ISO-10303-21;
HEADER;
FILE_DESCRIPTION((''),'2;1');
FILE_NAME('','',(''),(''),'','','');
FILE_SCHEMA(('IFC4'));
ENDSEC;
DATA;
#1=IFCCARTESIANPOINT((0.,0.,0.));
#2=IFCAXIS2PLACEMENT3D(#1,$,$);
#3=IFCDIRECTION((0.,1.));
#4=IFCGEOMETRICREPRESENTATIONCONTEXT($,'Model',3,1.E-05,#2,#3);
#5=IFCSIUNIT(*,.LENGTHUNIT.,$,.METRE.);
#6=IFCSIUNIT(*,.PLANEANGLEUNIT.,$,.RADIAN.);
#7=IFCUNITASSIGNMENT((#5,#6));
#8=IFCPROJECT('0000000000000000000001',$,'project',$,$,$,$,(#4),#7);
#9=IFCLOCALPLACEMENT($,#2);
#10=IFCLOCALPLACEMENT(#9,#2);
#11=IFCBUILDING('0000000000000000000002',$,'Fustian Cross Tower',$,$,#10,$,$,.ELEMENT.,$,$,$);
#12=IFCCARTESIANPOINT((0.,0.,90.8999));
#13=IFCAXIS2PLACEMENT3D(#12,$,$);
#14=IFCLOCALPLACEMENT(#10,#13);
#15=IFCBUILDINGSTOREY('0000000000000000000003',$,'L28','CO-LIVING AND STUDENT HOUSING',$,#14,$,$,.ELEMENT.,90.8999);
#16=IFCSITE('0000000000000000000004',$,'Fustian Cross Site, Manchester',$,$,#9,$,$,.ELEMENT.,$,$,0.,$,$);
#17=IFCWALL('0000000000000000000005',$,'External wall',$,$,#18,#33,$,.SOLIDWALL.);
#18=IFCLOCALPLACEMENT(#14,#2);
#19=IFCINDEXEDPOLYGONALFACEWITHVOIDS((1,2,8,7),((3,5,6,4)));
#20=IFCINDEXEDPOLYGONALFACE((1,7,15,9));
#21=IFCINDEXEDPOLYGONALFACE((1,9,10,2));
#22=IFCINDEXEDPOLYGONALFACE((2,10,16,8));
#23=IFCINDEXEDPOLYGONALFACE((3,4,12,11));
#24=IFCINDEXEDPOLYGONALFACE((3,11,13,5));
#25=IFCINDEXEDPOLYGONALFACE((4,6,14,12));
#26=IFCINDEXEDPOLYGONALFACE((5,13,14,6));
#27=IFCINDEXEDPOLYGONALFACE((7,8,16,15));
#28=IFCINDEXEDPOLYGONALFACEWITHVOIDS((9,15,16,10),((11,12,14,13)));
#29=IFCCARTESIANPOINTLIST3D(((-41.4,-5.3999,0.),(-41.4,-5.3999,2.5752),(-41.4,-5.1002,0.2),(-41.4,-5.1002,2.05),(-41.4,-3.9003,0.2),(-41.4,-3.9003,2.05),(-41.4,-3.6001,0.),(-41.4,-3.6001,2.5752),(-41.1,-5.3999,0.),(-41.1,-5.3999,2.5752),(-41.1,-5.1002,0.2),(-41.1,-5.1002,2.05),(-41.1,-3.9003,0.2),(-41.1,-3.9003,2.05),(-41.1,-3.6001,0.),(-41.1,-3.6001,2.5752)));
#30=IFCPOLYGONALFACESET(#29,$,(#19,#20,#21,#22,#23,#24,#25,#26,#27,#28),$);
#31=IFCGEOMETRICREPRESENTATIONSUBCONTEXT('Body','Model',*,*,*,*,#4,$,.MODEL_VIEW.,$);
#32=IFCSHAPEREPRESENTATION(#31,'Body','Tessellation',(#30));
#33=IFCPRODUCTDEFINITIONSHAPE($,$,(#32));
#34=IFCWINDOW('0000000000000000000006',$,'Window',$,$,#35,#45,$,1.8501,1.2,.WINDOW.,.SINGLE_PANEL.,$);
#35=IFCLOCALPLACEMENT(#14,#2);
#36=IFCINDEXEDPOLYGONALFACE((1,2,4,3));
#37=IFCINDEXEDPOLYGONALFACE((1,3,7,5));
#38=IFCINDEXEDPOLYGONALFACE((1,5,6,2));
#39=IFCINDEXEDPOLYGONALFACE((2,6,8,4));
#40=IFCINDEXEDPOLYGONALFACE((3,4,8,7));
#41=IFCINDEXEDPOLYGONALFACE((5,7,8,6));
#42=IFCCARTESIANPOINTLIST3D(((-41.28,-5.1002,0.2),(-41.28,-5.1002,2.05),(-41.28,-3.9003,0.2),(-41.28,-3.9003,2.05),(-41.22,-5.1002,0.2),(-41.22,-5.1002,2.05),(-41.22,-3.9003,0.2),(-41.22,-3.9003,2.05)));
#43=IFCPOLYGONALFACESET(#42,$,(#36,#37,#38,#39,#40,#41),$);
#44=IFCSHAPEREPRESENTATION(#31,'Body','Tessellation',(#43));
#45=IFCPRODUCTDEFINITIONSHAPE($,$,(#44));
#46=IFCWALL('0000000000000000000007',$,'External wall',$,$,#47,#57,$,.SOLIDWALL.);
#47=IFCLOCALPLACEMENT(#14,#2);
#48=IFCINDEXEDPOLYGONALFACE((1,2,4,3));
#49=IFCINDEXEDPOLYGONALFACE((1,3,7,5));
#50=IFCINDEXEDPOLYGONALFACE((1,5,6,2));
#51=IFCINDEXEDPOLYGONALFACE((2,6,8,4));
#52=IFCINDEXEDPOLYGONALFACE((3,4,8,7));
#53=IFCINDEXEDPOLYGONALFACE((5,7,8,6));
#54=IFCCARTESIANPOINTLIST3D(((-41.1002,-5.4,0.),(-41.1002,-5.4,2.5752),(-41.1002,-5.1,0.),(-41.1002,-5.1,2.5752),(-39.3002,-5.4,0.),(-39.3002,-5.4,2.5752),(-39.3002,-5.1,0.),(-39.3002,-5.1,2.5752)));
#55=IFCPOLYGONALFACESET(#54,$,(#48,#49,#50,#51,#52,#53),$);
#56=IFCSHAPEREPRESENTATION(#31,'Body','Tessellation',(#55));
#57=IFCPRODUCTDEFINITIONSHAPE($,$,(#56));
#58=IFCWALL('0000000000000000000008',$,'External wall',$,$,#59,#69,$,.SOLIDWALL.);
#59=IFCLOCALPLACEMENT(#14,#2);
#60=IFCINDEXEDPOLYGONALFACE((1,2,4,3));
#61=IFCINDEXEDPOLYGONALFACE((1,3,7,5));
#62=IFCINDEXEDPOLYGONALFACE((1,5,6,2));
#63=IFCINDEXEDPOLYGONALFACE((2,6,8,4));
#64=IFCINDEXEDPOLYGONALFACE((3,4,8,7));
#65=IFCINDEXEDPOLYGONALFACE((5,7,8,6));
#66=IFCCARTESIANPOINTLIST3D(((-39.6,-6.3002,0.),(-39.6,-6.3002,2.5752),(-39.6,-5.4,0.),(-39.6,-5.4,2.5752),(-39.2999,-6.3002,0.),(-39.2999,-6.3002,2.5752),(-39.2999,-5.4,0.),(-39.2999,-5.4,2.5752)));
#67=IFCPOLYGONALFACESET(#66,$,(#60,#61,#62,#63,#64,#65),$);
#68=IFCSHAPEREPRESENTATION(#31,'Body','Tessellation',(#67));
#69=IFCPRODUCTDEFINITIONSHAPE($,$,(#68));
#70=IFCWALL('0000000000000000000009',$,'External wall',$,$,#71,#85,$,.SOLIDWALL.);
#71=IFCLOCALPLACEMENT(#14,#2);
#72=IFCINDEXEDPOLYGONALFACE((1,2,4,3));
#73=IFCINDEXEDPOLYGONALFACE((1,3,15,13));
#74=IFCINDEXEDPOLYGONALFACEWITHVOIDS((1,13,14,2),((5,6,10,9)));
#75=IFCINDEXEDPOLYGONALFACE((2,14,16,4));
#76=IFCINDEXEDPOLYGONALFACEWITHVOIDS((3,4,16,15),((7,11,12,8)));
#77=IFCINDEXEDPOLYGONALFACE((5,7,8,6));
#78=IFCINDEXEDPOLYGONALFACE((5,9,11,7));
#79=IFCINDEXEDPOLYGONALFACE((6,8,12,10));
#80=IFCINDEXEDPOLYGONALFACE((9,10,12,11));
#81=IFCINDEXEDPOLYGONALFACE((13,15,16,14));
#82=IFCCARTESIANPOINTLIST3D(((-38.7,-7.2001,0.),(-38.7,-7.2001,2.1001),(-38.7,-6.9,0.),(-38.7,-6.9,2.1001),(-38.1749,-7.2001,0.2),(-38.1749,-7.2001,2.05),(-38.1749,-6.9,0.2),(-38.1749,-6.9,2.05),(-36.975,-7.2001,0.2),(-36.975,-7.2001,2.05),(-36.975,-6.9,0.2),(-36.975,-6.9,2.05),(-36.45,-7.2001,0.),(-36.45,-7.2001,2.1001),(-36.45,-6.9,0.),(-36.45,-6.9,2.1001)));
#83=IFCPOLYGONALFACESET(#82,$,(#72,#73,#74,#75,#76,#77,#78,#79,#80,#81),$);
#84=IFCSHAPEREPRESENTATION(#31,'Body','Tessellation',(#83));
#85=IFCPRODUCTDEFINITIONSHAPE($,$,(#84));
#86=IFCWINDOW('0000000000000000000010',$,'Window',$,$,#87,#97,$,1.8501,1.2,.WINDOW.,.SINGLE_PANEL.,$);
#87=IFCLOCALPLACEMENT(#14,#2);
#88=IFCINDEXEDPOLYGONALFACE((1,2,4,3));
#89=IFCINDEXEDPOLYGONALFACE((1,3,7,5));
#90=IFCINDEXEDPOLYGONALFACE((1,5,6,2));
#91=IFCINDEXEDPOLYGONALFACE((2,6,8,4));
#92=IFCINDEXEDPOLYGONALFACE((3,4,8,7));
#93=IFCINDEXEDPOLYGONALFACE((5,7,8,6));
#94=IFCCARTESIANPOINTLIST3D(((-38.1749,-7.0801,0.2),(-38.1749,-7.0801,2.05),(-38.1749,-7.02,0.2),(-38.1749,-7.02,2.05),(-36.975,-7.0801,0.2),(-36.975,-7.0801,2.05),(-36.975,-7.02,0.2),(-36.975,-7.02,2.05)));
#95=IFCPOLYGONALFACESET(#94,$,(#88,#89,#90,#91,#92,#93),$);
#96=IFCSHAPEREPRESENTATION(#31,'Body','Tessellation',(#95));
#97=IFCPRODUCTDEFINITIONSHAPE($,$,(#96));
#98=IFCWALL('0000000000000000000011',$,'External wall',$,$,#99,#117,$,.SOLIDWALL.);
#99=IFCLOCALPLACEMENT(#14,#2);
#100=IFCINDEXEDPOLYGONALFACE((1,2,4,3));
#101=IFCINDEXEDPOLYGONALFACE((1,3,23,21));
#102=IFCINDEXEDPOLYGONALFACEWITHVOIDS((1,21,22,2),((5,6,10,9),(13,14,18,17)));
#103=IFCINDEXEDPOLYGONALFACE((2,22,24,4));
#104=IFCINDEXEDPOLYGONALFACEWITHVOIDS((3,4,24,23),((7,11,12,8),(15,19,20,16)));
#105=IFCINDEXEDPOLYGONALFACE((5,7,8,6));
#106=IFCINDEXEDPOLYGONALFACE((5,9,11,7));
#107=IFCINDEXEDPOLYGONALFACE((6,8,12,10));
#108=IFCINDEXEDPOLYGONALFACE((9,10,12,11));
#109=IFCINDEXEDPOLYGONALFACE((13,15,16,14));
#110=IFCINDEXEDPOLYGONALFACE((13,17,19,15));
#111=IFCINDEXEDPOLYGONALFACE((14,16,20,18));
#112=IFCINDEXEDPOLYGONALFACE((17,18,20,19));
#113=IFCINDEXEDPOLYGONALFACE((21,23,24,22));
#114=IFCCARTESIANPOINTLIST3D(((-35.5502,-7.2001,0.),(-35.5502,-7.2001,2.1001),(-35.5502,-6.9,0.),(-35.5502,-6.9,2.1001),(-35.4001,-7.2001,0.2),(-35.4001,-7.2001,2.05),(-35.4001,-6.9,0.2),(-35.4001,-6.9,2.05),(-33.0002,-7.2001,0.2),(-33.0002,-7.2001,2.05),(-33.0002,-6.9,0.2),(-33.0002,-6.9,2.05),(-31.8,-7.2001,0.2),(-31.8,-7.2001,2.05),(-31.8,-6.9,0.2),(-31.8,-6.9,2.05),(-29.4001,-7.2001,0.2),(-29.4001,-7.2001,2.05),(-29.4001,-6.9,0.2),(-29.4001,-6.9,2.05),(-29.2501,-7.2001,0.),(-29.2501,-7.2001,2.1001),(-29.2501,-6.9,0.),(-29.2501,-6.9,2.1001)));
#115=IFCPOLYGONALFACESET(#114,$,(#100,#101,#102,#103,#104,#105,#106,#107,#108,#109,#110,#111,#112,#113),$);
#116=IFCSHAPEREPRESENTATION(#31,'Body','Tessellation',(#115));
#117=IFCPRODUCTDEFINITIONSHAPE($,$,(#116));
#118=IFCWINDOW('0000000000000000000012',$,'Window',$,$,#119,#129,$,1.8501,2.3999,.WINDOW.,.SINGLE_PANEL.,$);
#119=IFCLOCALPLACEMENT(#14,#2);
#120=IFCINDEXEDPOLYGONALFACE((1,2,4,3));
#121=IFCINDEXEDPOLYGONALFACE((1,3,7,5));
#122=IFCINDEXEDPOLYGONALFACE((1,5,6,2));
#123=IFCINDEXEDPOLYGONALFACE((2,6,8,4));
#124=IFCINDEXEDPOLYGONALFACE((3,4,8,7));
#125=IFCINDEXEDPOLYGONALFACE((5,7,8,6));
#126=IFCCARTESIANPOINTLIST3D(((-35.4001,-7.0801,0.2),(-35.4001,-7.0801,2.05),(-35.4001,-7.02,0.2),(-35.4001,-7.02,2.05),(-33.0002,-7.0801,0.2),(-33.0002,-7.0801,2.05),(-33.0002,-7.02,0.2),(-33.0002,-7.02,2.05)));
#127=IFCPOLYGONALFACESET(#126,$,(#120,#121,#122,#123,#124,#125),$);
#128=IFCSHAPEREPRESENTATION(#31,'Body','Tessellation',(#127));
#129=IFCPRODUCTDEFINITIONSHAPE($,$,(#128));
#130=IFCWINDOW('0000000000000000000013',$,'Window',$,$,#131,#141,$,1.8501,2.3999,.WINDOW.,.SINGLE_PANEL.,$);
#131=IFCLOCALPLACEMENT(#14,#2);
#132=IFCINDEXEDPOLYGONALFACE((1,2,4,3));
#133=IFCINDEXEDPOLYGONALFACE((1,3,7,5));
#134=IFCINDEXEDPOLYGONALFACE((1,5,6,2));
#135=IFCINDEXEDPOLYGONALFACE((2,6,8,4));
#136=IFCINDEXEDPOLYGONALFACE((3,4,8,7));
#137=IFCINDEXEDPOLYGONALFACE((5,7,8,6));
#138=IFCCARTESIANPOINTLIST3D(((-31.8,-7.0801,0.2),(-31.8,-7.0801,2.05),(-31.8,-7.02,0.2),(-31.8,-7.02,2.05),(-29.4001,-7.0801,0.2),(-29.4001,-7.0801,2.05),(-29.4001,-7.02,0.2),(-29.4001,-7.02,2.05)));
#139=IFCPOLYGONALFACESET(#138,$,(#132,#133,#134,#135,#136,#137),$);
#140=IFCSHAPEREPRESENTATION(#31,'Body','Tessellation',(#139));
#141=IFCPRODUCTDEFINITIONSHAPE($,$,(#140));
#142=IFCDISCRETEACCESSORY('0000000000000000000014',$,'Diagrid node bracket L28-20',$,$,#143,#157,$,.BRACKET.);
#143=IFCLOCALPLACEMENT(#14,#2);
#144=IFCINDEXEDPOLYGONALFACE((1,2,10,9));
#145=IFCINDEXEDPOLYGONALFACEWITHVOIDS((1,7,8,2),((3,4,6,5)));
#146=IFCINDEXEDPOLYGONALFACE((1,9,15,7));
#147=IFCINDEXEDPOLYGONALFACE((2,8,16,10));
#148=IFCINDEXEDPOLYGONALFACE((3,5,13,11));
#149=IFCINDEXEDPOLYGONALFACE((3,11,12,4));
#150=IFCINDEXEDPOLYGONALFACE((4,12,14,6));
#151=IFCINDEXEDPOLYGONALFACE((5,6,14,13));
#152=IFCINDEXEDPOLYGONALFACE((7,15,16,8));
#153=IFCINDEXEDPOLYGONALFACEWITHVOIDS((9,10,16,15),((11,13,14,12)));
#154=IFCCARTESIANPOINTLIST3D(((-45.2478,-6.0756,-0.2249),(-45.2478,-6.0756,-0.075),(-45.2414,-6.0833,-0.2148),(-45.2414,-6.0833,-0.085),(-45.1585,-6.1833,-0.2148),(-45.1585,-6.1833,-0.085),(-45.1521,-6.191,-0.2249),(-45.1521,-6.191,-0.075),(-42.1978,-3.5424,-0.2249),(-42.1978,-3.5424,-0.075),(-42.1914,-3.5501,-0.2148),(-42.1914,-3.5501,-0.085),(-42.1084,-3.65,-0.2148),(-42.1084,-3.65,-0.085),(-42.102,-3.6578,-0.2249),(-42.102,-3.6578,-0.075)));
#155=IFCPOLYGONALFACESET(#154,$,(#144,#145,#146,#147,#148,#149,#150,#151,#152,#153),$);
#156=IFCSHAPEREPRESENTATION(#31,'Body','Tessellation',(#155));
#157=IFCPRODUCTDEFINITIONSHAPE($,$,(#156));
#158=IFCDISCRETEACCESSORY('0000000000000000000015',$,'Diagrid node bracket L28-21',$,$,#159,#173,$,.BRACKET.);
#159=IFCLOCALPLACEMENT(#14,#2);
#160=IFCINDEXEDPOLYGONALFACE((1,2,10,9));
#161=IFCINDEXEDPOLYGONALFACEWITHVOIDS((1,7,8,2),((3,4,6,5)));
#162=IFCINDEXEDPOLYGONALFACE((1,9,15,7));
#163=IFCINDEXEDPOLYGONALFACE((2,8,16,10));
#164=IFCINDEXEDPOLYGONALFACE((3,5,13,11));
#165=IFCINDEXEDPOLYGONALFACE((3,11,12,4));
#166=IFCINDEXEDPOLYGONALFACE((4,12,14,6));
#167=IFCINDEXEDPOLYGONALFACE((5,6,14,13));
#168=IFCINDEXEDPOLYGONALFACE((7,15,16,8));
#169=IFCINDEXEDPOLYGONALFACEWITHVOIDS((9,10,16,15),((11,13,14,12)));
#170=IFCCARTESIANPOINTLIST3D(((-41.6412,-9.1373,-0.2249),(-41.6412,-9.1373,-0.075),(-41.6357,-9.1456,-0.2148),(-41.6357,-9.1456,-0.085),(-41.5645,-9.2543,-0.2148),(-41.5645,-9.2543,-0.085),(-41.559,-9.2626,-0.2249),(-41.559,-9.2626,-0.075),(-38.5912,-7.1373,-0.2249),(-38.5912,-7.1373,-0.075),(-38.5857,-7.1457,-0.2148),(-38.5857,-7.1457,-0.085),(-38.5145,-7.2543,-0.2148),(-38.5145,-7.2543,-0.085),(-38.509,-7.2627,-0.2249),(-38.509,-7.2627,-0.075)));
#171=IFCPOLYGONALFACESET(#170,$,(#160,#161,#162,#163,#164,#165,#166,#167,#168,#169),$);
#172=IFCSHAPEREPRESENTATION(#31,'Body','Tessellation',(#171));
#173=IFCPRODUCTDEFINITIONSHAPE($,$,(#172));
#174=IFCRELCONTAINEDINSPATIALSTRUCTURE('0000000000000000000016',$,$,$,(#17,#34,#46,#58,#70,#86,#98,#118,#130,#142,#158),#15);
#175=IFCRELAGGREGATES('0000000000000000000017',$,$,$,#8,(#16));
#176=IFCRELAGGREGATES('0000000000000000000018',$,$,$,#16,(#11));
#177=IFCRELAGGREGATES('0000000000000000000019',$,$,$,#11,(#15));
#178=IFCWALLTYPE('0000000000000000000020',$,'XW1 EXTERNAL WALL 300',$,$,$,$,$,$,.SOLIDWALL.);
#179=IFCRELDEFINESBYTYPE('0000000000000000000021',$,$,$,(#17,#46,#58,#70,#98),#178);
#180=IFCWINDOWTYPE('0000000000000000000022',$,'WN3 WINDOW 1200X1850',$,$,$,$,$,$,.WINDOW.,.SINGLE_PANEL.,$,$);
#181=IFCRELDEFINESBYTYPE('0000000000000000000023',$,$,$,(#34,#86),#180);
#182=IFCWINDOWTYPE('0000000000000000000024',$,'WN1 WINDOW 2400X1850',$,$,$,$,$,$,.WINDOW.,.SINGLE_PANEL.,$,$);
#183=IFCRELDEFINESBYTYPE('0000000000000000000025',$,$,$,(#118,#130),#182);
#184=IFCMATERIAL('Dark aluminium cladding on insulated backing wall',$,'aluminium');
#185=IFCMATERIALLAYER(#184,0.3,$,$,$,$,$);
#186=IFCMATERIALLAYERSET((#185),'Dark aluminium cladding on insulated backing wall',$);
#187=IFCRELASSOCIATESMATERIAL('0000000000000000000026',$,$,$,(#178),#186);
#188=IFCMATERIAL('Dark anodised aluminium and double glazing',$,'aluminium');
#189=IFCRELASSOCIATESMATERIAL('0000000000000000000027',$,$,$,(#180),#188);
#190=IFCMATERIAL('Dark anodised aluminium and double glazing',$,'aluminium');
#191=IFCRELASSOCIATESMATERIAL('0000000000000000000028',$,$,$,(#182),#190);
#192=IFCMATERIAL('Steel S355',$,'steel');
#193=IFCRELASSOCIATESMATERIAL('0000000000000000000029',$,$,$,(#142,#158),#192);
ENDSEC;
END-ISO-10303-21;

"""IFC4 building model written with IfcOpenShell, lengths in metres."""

from ifc_helpers import new_model, si_unit, direction, frame, frame_2d, origin, origin_2d, place, context, subcontext, project, spatial, rectangle, hollow_rectangle, extrude, material, layer, layer_set, type_object, element, fill, save


model = new_model("IFC4")

# Units and contexts
model_context = context("Model", 3, precision=1e-05, world=origin(), true_north=direction((0.0, 1.0)))
body_context = subcontext(model_context, "Body", "Model", "MODEL_VIEW")
ifc_project = project(units=[si_unit("LENGTHUNIT", "METRE"), si_unit("PLANEANGLEUNIT", "RADIAN")], contexts=[model_context])

# Site, building, storey
site_placement = place(None, origin())
site = spatial("IfcSite", under=ifc_project, at=site_placement, Name="Fustian Cross Site, Manchester", CompositionType="ELEMENT", RefElevation=0.0)
building_placement = place(site_placement, origin())
building = spatial("IfcBuilding", under=site, at=building_placement, Name="Fustian Cross Tower", CompositionType="ELEMENT")
storey_placement = place(building_placement, frame((0.0, 0.0, 90.8999)))
storey = spatial("IfcBuildingStorey", under=building, at=storey_placement, Name="L28", Description="CO-LIVING AND STUDENT HOUSING", CompositionType="ELEMENT", Elevation=90.8999)

# Wall, opening, window
ifc_material_1 = material(Name="Dark aluminium cladding on insulated backing wall", Category="aluminium")
ifc_layer = layer(ifc_material_1, 0.3)
ifc_layer_set = layer_set([ifc_layer], Name="Dark aluminium cladding on insulated backing wall")
wall_type = type_object("IfcWallType", Name="XW1 EXTERNAL WALL 300", PredefinedType="SOLIDWALL", material=ifc_layer_set)
wall_1_placement = place(storey_placement, frame((-41.25, -3.6001, 0.0), z_axis=(0.0, 0.0, 1.0), x_axis=(0.0, -1.0, 0.0)))
wall_1 = element("IfcWall", 1, at=wall_1_placement, inside=storey, type_object=wall_type, Name="External wall", PredefinedType="SOLIDWALL", context=body_context, shape_type="SweptSolid", body=[
    extrude(rectangle(XDim=1.7998, YDim=0.3, at=frame_2d((0.8999, 0.0))), origin(), (0.0, 0.0, 1.0), 2.5752),
])
opening_1_placement = place(wall_1_placement, frame((0.3, 0.0, 0.2)))
opening_1 = element("IfcOpeningElement", 2, at=opening_1_placement, cuts=wall_1, PredefinedType="OPENING", context=body_context, shape_type="SweptSolid", body=[
    extrude(rectangle(XDim=1.2, YDim=1.8501, at=frame_2d((0.6001, 0.925))), frame((0.0, 0.1599, 0.0), z_axis=(0.0, -1.0, 0.0), x_axis=(1.0, 0.0, 0.0)), (0.0, 0.0, 1.0), 0.3201),
])
ifc_material_2 = material(Name="Dark anodised aluminium and double glazing", Category="aluminium")
window_type_1 = type_object("IfcWindowType", Name="WN3 WINDOW 1200X1850", PartitioningType="SINGLE_PANEL", PredefinedType="WINDOW", material=ifc_material_2)
window_1_placement = place(opening_1_placement, origin())
window_1 = element("IfcWindow", 3, at=window_1_placement, inside=storey, type_object=window_type_1, Name="Window", OverallHeight=1.8501, OverallWidth=1.2, PartitioningType="SINGLE_PANEL", PredefinedType="WINDOW", context=body_context, shape_type="SweptSolid", body=[
    extrude(rectangle(XDim=1.2, YDim=1.8501, at=frame_2d((0.6001, 0.925))), frame((0.0, 0.03, 0.0), z_axis=(0.0, -1.0, 0.0), x_axis=(1.0, 0.0, 0.0)), (0.0, 0.0, 1.0), 0.0601),
])
fill(opening_1, window_1)

# Walls
wall_2_placement = place(storey_placement, frame((-41.1001, -5.25, 0.0), z_axis=(0.0, 0.0, 1.0), x_axis=(1.0, 0.0, 0.0)))
element("IfcWall", 4, at=wall_2_placement, inside=storey, type_object=wall_type, Name="External wall", PredefinedType="SOLIDWALL", context=body_context, shape_type="SweptSolid", body=[
    extrude(rectangle(XDim=1.8, YDim=0.3, at=frame_2d((0.8999, 0.0))), origin(), (0.0, 0.0, 1.0), 2.5752),
])
wall_3_placement = place(storey_placement, frame((-39.45, -5.3999, 0.0), z_axis=(0.0, 0.0, 1.0), x_axis=(0.0, -1.0, 0.0)))
element("IfcWall", 5, at=wall_3_placement, inside=storey, type_object=wall_type, Name="External wall", PredefinedType="SOLIDWALL", context=body_context, shape_type="SweptSolid", body=[
    extrude(rectangle(XDim=0.9001, YDim=0.3, at=frame_2d((0.4502, 0.0))), origin(), (0.0, 0.0, 1.0), 2.5752),
])

# Wall, opening, window
wall_4_placement = place(storey_placement, frame((-38.7, -7.05, 0.0), z_axis=(0.0, 0.0, 1.0), x_axis=(1.0, 0.0, 0.0)))
wall_4 = element("IfcWall", 6, at=wall_4_placement, inside=storey, type_object=wall_type, Name="External wall", PredefinedType="SOLIDWALL", context=body_context, shape_type="SweptSolid", body=[
    extrude(rectangle(XDim=2.25, YDim=0.3, at=frame_2d((1.125, 0.0))), origin(), (0.0, 0.0, 1.0), 2.1001),
])
opening_2_placement = place(wall_4_placement, frame((0.5249, 0.0, 0.2)))
opening_2 = element("IfcOpeningElement", 7, at=opening_2_placement, cuts=wall_4, PredefinedType="OPENING", context=body_context, shape_type="SweptSolid", body=[
    extrude(rectangle(XDim=1.2, YDim=1.8501, at=frame_2d((0.6001, 0.925))), frame((0.0, 0.1599, 0.0), z_axis=(0.0, -1.0, 0.0), x_axis=(1.0, 0.0, 0.0)), (0.0, 0.0, 1.0), 0.3201),
])
window_2_placement = place(opening_2_placement, origin())
window_2 = element("IfcWindow", 8, at=window_2_placement, inside=storey, type_object=window_type_1, Name="Window", OverallHeight=1.8501, OverallWidth=1.2, PartitioningType="SINGLE_PANEL", PredefinedType="WINDOW", context=body_context, shape_type="SweptSolid", body=[
    extrude(rectangle(XDim=1.2, YDim=1.8501, at=frame_2d((0.6001, 0.925))), frame((0.0, 0.03, 0.0), z_axis=(0.0, -1.0, 0.0), x_axis=(1.0, 0.0, 0.0)), (0.0, 0.0, 1.0), 0.0601),
])
fill(opening_2, window_2)

# Wall, openings, windows
wall_5_placement = place(storey_placement, frame((-35.55, -7.05, 0.0), z_axis=(0.0, 0.0, 1.0), x_axis=(1.0, 0.0, 0.0)))
wall_5 = element("IfcWall", 9, at=wall_5_placement, inside=storey, type_object=wall_type, Name="External wall", PredefinedType="SOLIDWALL", context=body_context, shape_type="SweptSolid", body=[
    extrude(rectangle(XDim=6.3, YDim=0.3, at=frame_2d((3.1499, 0.0))), origin(), (0.0, 0.0, 1.0), 2.1001),
])
opening_3_placement = place(wall_5_placement, frame((0.1499, 0.0, 0.2)))
opening_3 = element("IfcOpeningElement", 10, at=opening_3_placement, cuts=wall_5, PredefinedType="OPENING", context=body_context, shape_type="SweptSolid", body=[
    extrude(rectangle(XDim=2.3999, YDim=1.8501, at=frame_2d((1.2, 0.925))), frame((0.0, 0.1599, 0.0), z_axis=(0.0, -1.0, 0.0), x_axis=(1.0, 0.0, 0.0)), (0.0, 0.0, 1.0), 0.3201),
])
opening_4_placement = place(wall_5_placement, frame((3.75, 0.0, 0.2)))
opening_4 = element("IfcOpeningElement", 11, at=opening_4_placement, cuts=wall_5, PredefinedType="OPENING", context=body_context, shape_type="SweptSolid", body=[
    extrude(rectangle(XDim=2.3999, YDim=1.8501, at=frame_2d((1.2, 0.925))), frame((0.0, 0.1599, 0.0), z_axis=(0.0, -1.0, 0.0), x_axis=(1.0, 0.0, 0.0)), (0.0, 0.0, 1.0), 0.3201),
])
ifc_material_3 = material(Name="Dark anodised aluminium and double glazing", Category="aluminium")
window_type_2 = type_object("IfcWindowType", Name="WN1 WINDOW 2400X1850", PartitioningType="SINGLE_PANEL", PredefinedType="WINDOW", material=ifc_material_3)
window_3_placement = place(opening_3_placement, origin())
window_3 = element("IfcWindow", 12, at=window_3_placement, inside=storey, type_object=window_type_2, Name="Window", OverallHeight=1.8501, OverallWidth=2.3999, PartitioningType="SINGLE_PANEL", PredefinedType="WINDOW", context=body_context, shape_type="SweptSolid", body=[
    extrude(rectangle(XDim=2.3999, YDim=1.8501, at=frame_2d((1.2, 0.925))), frame((0.0, 0.03, 0.0), z_axis=(0.0, -1.0, 0.0), x_axis=(1.0, 0.0, 0.0)), (0.0, 0.0, 1.0), 0.0601),
])
fill(opening_3, window_3)
window_4_placement = place(opening_4_placement, origin())
window_4 = element("IfcWindow", 13, at=window_4_placement, inside=storey, type_object=window_type_2, Name="Window", OverallHeight=1.8501, OverallWidth=2.3999, PartitioningType="SINGLE_PANEL", PredefinedType="WINDOW", context=body_context, shape_type="SweptSolid", body=[
    extrude(rectangle(XDim=2.3999, YDim=1.8501, at=frame_2d((1.2, 0.925))), frame((0.0, 0.03, 0.0), z_axis=(0.0, -1.0, 0.0), x_axis=(1.0, 0.0, 0.0)), (0.0, 0.0, 1.0), 0.0601),
])
fill(opening_4, window_4)

# Discrete accessories
ifc_material_4 = material(Name="Steel S355", Category="steel")
discrete_accessory_1_placement = place(storey_placement, frame((-45.2, -6.1333, -0.1499), z_axis=(0.769275, 0.638918, 0.0), x_axis=(-0.638918, 0.769275, 0.0)))
element("IfcDiscreteAccessory", 14, at=discrete_accessory_1_placement, inside=storey, material=ifc_material_4, Name="Diagrid node bracket L28-20", PredefinedType="BRACKET", context=body_context, shape_type="SweptSolid", body=[
    extrude(hollow_rectangle(XDim=0.1499, YDim=0.1499, WallThickness=0.01, at=origin_2d()), origin(), (0.0, 0.0, 1.0), 3.9648),
])
discrete_accessory_2_placement = place(storey_placement, frame((-41.6001, -9.2, -0.1499), z_axis=(0.836248, 0.548351, 0.0), x_axis=(-0.548351, 0.836248, 0.0)))
element("IfcDiscreteAccessory", 15, at=discrete_accessory_2_placement, inside=storey, material=ifc_material_4, Name="Diagrid node bracket L28-21", PredefinedType="BRACKET", context=body_context, shape_type="SweptSolid", body=[
    extrude(hollow_rectangle(XDim=0.1499, YDim=0.1499, WallThickness=0.01, at=origin_2d()), origin(), (0.0, 0.0, 1.0), 3.6472),
])

save(model, "model.ifc")
